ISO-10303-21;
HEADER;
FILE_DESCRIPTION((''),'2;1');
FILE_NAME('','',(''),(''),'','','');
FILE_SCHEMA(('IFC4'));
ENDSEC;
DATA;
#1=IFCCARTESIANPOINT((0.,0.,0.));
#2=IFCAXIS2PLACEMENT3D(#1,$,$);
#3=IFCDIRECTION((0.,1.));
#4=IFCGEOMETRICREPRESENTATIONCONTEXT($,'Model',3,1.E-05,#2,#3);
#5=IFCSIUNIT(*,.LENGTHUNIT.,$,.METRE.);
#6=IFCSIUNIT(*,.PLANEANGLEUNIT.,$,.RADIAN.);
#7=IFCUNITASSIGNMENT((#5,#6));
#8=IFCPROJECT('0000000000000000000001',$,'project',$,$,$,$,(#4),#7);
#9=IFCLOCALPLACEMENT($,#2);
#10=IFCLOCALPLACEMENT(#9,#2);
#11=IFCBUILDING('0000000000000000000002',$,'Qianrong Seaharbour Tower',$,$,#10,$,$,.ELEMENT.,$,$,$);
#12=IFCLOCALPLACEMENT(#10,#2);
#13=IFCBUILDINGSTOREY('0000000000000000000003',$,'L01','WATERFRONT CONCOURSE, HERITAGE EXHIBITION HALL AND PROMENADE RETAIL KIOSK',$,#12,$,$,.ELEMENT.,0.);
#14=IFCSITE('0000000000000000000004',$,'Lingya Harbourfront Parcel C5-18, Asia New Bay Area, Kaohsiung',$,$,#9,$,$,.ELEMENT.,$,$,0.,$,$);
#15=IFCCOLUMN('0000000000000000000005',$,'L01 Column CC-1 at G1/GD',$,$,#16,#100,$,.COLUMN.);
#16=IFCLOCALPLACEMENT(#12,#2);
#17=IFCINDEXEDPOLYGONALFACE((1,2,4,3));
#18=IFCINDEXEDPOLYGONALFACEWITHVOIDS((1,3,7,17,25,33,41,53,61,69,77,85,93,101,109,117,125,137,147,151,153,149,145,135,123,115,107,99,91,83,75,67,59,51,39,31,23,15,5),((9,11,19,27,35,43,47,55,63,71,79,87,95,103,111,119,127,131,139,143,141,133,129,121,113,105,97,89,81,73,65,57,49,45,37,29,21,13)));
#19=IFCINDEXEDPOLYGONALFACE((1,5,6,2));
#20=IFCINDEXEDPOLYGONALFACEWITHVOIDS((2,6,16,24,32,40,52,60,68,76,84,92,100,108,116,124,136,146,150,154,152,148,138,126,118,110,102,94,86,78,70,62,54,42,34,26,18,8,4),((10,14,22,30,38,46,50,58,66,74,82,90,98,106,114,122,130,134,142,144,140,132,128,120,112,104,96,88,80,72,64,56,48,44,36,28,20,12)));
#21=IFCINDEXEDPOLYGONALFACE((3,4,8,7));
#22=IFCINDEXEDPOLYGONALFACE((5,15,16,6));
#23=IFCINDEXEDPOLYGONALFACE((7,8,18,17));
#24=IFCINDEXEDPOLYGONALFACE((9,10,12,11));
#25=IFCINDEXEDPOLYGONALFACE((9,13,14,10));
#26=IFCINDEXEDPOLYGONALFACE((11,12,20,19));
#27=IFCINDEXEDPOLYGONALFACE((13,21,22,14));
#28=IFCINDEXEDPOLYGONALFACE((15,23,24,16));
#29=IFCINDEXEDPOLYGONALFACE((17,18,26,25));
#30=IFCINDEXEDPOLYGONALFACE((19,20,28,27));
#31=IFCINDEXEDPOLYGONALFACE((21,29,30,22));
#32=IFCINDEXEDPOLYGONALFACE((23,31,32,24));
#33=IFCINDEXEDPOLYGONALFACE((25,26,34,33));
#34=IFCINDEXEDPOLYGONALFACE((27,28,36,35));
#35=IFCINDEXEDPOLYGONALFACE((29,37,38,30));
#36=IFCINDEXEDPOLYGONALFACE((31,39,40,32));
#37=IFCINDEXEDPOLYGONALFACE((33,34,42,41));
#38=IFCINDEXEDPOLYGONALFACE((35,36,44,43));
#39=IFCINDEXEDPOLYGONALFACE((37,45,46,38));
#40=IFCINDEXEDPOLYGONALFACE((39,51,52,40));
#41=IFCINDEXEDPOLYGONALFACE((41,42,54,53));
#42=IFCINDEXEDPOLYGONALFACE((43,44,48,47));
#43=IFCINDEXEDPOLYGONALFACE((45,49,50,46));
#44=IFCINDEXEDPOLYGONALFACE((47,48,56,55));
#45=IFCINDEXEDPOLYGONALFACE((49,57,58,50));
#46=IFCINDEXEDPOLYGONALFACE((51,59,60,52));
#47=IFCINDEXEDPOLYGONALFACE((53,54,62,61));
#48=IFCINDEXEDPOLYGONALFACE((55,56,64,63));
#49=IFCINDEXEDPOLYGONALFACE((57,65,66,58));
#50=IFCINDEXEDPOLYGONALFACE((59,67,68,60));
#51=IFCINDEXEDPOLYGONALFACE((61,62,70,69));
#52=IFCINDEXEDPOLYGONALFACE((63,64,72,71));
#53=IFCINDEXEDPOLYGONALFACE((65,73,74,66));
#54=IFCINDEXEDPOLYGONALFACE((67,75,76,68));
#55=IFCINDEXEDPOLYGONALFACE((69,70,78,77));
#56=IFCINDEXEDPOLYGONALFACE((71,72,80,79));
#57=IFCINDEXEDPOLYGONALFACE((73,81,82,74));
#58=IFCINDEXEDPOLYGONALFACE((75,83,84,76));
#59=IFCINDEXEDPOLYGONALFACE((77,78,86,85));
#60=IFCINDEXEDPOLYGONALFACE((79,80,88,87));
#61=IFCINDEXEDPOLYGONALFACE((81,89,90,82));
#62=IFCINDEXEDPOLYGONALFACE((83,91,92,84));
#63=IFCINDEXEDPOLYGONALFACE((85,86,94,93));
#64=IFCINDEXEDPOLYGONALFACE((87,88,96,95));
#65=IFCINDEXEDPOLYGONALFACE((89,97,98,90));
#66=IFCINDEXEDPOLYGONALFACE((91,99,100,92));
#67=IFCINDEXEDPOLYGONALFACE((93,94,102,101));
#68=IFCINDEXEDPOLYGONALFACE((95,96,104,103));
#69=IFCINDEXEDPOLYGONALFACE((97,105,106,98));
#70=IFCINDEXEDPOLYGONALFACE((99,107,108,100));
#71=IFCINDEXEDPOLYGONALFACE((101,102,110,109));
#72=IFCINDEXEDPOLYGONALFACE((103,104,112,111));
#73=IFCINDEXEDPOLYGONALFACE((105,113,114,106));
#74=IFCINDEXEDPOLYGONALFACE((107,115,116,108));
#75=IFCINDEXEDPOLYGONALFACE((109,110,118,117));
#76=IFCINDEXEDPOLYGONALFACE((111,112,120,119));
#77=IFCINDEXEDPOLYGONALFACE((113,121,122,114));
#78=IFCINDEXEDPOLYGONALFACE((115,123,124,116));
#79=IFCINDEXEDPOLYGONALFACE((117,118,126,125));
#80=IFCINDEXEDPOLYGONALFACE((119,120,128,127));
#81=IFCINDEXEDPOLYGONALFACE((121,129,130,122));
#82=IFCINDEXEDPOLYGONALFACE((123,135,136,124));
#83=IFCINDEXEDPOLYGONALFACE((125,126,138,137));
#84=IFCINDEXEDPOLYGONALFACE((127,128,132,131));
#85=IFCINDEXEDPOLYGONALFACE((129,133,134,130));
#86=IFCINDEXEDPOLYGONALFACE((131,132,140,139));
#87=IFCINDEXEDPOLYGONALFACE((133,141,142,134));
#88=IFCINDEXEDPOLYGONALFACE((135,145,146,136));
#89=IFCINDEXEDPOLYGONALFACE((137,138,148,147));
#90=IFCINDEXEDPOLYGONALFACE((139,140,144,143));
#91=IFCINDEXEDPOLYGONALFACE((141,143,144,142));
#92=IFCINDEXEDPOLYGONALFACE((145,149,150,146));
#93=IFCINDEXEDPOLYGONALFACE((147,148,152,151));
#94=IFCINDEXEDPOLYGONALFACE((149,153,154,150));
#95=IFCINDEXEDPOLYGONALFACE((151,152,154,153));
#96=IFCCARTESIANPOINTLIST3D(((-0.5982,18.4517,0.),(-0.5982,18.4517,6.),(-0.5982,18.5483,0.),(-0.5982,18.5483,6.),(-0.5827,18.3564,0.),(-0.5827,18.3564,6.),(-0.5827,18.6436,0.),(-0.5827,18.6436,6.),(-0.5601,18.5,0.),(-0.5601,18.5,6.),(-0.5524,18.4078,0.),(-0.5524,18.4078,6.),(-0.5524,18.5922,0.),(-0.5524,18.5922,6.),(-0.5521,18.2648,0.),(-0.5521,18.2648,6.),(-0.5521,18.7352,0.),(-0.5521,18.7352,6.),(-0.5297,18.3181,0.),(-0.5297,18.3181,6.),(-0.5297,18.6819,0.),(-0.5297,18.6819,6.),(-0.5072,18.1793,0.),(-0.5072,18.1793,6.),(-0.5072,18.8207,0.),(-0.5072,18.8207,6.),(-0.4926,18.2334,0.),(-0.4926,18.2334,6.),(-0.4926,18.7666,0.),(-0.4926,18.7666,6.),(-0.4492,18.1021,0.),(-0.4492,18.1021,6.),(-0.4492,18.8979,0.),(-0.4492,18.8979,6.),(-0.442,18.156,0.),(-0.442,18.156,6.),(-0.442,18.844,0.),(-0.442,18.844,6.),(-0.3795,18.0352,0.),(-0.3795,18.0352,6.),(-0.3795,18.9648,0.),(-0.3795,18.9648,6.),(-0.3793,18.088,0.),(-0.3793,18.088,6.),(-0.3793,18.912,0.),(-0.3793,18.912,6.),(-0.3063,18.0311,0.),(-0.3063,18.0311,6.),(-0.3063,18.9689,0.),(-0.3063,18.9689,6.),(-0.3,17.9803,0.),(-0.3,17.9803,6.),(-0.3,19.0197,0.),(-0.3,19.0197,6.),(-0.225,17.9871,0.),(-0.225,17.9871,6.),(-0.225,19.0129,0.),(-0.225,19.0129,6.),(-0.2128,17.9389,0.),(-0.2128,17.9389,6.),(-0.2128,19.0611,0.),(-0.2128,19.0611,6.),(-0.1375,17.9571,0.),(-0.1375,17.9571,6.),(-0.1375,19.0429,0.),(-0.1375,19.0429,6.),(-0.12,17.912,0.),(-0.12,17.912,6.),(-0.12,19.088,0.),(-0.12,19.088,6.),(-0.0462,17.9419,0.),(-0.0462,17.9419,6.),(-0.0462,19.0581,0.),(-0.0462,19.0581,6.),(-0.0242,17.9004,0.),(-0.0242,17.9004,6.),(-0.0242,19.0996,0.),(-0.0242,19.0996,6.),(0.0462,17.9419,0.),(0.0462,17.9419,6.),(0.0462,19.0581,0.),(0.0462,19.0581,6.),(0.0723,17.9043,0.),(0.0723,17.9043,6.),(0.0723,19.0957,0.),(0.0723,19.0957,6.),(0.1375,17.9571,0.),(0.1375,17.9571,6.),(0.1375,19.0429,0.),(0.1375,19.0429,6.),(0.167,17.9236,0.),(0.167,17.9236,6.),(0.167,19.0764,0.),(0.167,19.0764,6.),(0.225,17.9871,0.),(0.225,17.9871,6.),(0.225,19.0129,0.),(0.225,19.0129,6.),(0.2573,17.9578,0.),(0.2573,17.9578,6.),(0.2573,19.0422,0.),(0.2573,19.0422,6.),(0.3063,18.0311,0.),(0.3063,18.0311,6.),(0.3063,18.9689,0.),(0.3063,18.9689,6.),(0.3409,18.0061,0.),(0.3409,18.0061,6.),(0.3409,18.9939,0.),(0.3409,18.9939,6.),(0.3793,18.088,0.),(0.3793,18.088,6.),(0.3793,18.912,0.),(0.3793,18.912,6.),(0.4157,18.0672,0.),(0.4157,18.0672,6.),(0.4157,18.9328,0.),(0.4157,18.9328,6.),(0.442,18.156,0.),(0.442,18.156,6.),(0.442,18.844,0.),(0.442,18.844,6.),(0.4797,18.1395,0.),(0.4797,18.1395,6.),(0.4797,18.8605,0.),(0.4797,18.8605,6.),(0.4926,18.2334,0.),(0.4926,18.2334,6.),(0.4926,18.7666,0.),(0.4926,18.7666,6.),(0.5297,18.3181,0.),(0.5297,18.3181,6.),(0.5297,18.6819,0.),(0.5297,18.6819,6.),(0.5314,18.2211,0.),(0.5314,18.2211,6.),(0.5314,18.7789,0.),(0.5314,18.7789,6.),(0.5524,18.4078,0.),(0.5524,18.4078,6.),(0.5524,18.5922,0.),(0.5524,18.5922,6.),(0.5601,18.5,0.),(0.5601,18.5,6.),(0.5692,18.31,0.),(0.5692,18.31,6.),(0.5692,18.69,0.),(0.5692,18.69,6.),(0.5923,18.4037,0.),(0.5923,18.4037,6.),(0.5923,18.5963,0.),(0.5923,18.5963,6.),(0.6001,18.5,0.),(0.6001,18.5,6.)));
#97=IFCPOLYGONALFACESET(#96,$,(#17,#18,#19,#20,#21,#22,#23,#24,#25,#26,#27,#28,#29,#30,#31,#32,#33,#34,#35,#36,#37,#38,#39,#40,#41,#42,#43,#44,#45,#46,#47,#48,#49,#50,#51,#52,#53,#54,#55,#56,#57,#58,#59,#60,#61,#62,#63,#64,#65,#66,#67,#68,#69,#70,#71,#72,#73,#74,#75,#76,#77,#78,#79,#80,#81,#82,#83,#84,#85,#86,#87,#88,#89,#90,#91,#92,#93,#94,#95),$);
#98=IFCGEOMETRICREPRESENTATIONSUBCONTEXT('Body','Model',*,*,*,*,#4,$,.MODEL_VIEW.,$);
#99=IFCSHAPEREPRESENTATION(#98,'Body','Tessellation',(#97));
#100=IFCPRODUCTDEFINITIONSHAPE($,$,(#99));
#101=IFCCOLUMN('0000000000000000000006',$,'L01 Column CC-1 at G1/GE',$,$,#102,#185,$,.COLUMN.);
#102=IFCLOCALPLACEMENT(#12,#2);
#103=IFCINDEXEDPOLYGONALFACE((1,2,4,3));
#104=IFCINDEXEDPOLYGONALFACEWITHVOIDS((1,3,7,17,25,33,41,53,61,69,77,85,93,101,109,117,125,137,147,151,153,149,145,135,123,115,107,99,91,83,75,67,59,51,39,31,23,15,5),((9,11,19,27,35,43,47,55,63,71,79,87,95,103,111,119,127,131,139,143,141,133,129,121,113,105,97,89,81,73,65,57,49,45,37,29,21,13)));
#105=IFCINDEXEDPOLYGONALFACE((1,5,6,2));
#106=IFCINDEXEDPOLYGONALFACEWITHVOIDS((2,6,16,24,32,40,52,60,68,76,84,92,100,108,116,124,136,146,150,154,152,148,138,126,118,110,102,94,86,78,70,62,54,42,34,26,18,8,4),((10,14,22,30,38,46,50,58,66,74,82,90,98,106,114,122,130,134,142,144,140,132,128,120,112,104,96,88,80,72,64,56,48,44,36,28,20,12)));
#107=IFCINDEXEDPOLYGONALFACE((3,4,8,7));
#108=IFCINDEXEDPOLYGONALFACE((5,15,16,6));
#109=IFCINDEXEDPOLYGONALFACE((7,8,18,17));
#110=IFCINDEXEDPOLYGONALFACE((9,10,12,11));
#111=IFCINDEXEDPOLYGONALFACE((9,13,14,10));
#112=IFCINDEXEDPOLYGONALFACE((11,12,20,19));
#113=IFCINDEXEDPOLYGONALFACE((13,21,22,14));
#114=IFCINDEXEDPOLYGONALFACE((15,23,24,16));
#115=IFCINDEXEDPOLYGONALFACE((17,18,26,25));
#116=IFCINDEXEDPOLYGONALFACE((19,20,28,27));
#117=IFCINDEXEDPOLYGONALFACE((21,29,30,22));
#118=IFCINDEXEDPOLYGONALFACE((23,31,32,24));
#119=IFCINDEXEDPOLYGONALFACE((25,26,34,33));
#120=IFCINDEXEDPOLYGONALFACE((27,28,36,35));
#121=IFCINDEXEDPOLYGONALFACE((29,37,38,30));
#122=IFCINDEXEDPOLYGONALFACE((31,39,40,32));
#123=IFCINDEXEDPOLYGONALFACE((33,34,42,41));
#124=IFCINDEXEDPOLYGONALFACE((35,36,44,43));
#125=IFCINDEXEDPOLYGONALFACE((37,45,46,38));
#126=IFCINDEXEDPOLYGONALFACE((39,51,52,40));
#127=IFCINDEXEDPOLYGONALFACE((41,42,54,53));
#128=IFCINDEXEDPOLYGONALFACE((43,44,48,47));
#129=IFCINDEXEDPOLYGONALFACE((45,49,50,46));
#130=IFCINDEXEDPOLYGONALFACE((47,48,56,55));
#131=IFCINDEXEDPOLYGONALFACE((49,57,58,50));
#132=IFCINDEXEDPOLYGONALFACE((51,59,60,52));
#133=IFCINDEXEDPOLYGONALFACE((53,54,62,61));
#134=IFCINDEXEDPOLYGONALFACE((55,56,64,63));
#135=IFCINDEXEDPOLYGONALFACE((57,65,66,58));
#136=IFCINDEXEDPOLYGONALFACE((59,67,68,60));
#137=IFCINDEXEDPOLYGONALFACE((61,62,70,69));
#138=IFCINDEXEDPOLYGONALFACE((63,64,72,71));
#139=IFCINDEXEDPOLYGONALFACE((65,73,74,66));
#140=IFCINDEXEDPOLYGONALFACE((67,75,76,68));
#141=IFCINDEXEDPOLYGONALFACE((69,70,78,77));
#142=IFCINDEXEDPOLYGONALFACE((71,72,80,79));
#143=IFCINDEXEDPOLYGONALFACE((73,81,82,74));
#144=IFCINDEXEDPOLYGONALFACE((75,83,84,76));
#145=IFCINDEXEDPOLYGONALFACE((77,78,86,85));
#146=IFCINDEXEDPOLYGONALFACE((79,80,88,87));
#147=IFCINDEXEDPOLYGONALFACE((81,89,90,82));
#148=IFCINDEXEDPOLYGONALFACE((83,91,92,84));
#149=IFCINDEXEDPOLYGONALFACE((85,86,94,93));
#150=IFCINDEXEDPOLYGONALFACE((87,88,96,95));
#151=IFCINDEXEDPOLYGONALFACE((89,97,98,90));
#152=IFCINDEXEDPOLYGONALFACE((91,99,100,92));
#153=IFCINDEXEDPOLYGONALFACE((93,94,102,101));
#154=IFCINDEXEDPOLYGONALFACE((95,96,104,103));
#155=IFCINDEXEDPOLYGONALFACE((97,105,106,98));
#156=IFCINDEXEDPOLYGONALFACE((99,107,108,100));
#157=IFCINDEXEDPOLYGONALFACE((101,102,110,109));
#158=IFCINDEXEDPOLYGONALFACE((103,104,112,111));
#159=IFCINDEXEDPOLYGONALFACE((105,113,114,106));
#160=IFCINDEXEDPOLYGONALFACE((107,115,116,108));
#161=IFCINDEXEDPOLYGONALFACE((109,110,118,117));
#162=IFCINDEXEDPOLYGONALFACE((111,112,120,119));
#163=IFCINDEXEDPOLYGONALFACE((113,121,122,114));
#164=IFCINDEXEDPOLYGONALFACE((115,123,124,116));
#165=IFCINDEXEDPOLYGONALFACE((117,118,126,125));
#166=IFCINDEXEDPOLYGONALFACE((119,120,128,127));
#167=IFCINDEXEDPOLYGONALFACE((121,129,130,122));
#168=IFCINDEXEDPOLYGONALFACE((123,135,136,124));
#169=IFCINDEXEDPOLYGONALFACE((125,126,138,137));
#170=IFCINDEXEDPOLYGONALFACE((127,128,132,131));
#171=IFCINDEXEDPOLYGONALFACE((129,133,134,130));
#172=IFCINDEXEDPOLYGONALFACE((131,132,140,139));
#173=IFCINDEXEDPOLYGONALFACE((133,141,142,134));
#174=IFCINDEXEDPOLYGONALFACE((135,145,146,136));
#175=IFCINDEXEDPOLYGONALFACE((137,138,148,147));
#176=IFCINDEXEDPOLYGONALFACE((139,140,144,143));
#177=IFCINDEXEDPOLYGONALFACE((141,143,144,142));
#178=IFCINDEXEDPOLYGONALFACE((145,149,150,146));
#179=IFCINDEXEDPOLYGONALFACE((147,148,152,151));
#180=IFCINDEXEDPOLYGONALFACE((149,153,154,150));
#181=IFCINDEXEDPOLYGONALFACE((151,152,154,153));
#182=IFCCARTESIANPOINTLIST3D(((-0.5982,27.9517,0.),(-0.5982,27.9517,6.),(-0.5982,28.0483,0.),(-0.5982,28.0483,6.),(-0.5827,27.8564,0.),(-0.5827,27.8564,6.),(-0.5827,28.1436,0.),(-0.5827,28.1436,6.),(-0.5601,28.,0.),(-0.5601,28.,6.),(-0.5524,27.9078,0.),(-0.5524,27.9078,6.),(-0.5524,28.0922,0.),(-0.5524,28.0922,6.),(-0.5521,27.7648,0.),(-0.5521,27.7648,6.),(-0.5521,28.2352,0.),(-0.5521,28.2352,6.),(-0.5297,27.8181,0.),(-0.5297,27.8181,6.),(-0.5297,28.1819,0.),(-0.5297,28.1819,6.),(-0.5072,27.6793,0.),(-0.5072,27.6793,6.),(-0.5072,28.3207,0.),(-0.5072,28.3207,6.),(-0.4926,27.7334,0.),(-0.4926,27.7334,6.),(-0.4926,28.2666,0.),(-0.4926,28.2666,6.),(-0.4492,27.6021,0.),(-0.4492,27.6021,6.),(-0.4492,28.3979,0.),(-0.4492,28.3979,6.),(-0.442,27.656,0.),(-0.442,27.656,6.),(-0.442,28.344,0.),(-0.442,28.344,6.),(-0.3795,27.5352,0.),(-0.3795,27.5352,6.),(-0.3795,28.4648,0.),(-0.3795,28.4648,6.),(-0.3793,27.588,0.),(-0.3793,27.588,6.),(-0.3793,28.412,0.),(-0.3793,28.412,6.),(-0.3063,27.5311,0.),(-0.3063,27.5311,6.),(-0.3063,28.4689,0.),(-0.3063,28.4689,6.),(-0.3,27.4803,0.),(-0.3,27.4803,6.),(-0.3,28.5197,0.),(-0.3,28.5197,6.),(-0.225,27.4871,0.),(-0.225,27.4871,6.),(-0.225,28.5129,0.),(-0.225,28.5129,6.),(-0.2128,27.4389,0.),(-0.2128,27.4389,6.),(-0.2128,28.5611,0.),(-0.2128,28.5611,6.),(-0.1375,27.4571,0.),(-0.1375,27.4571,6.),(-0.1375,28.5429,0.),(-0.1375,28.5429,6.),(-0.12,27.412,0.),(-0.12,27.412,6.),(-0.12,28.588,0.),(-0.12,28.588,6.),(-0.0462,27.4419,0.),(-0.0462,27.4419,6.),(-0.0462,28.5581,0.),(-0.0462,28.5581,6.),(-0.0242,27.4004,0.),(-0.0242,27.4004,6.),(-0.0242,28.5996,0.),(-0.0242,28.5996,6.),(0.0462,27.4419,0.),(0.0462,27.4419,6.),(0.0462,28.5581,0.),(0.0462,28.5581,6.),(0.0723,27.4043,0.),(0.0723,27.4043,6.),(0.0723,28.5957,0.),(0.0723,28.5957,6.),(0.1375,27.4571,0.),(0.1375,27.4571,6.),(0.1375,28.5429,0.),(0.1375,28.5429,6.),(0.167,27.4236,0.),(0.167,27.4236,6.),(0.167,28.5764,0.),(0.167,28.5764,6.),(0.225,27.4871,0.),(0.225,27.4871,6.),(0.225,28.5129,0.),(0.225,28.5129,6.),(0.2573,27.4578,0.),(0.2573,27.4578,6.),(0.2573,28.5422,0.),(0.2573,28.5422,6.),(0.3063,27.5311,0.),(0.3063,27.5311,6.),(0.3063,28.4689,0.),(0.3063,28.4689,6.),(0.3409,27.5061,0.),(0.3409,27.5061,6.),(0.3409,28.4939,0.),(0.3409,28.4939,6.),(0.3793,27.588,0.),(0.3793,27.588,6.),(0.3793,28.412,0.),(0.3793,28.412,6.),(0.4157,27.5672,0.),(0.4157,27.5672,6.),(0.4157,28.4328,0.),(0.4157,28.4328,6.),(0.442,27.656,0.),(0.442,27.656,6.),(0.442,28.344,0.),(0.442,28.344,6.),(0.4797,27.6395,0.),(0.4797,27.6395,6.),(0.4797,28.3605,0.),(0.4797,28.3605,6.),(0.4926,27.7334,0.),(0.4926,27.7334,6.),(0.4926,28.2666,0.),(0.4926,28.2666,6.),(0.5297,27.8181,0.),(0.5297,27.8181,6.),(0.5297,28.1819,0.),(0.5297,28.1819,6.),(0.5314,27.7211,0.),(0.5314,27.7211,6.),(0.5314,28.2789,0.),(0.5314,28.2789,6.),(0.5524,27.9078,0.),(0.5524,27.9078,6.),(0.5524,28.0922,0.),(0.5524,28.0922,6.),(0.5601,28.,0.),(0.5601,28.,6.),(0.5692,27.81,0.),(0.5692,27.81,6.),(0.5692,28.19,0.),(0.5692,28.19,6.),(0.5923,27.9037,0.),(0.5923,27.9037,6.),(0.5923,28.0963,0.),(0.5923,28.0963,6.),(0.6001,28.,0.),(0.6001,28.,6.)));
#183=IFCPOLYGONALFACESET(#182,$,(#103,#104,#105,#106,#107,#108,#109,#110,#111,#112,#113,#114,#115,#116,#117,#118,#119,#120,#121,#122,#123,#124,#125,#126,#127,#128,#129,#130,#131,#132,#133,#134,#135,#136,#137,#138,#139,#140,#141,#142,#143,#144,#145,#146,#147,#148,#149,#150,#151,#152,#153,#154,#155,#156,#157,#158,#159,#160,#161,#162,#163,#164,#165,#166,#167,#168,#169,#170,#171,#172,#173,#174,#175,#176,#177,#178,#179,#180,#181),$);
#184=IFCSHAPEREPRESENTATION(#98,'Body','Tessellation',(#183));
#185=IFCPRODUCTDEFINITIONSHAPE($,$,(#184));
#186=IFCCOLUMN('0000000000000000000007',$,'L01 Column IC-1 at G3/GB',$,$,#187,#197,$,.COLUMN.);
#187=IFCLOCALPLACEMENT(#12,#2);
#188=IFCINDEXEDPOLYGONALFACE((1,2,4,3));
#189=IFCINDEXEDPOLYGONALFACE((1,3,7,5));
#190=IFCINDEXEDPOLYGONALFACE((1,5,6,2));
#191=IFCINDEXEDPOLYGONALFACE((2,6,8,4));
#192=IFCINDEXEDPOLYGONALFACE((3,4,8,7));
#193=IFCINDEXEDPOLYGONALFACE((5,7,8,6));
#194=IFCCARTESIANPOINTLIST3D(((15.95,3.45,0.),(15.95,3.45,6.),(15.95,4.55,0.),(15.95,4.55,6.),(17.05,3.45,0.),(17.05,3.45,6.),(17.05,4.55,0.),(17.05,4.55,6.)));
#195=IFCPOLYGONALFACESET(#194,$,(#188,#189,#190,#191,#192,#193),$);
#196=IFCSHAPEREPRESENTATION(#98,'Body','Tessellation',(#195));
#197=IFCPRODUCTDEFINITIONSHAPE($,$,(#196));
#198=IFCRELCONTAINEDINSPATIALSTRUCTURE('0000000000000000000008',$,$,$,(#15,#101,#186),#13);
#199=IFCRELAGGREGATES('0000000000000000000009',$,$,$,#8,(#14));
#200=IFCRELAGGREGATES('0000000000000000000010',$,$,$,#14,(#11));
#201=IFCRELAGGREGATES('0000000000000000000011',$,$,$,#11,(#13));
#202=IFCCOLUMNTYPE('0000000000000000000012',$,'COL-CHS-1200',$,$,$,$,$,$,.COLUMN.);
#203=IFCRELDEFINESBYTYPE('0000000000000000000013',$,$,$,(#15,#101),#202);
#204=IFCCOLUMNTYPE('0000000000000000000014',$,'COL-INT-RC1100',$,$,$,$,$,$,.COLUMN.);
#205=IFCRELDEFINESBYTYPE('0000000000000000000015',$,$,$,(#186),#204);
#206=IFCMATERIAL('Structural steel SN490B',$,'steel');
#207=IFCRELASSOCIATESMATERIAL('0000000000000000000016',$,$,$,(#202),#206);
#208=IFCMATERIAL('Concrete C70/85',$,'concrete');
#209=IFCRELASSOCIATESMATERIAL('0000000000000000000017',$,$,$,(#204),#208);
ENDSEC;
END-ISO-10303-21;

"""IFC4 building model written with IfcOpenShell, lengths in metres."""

from ifc_helpers import new_model, si_unit, direction, frame, origin, origin_2d, place, context, subcontext, project, spatial, rectangle, hollow_circle, extrude, material, material_profile, profile_set, type_object, element, save


model = new_model("IFC4")

# Units and contexts
model_context = context("Model", 3, precision=1e-05, world=origin(), true_north=direction((0.0, 1.0)))
body_context = subcontext(model_context, "Body", "Model", "MODEL_VIEW")
ifc_project = project(units=[si_unit("LENGTHUNIT", "METRE"), si_unit("PLANEANGLEUNIT", "RADIAN")], contexts=[model_context])

# Site, building, storey
site_placement = place(None, origin())
site = spatial("IfcSite", under=ifc_project, at=site_placement, Name="Lingya Harbourfront Parcel C5-18, Asia New Bay Area, Kaohsiung", CompositionType="ELEMENT", RefElevation=0.0)
building_placement = place(site_placement, origin())
building = spatial("IfcBuilding", under=site, at=building_placement, Name="Qianrong Seaharbour Tower", CompositionType="ELEMENT")
storey_placement = place(building_placement, origin())
storey = spatial("IfcBuildingStorey", under=building, at=storey_placement, Name="L01", Description="WATERFRONT CONCOURSE, HERITAGE EXHIBITION HALL AND PROMENADE RETAIL KIOSK", CompositionType="ELEMENT", Elevation=0.0)

# Columns
ifc_material_1 = material(Name="Structural steel SN490B", Category="steel")
ifc_material_profile_1 = material_profile(ifc_material_1, hollow_circle(Radius=0.6001, WallThickness=0.04, at=origin_2d()), Name="CHS1200x40")
ifc_profile_set_1 = profile_set([ifc_material_profile_1], Name="Structural steel SN490B")
column_type_1 = type_object("IfcColumnType", Name="COL-CHS-1200", PredefinedType="COLUMN", material=ifc_profile_set_1)
for number, where, z_axis, x_axis, name in (
    (1, (0.0, 18.5, 0.0), (0.0, 0.0, 1.0), (1.0, 0.0, 0.0), "L01 Column CC-1 at G1/GD"),
    (2, (0.0, 28.0, 0.0), (0.0, 0.0, 1.0), (1.0, 0.0, 0.0), "L01 Column CC-1 at G1/GE"),
):
    element("IfcColumn", number, at=place(storey_placement, frame(where, z_axis=z_axis, x_axis=x_axis)), inside=storey, type_object=column_type_1, Name=name, PredefinedType="COLUMN", context=body_context, shape_type="SweptSolid", body=[
        extrude(hollow_circle(Radius=0.6001, WallThickness=0.04, at=origin_2d()), origin(), (0.0, 0.0, 1.0), 6.0),
    ])
ifc_material_2 = material(Name="Concrete C70/85", Category="concrete")
ifc_material_profile_2 = material_profile(ifc_material_2, rectangle(XDim=1.1001, YDim=1.1001, at=origin_2d()), Name="RC1100x1100")
ifc_profile_set_2 = profile_set([ifc_material_profile_2], Name="Concrete C70/85")
column_type_2 = type_object("IfcColumnType", Name="COL-INT-RC1100", PredefinedType="COLUMN", material=ifc_profile_set_2)
column_placement = place(storey_placement, frame((16.5, 4.0, 0.0), z_axis=(0.0, 0.0, 1.0), x_axis=(1.0, 0.0, 0.0)))
element("IfcColumn", 3, at=column_placement, inside=storey, type_object=column_type_2, Name="L01 Column IC-1 at G3/GB", PredefinedType="COLUMN", context=body_context, shape_type="SweptSolid", body=[
    extrude(rectangle(XDim=1.1001, YDim=1.1001, at=origin_2d()), origin(), (0.0, 0.0, 1.0), 6.0),
])

save(model, "model.ifc")
